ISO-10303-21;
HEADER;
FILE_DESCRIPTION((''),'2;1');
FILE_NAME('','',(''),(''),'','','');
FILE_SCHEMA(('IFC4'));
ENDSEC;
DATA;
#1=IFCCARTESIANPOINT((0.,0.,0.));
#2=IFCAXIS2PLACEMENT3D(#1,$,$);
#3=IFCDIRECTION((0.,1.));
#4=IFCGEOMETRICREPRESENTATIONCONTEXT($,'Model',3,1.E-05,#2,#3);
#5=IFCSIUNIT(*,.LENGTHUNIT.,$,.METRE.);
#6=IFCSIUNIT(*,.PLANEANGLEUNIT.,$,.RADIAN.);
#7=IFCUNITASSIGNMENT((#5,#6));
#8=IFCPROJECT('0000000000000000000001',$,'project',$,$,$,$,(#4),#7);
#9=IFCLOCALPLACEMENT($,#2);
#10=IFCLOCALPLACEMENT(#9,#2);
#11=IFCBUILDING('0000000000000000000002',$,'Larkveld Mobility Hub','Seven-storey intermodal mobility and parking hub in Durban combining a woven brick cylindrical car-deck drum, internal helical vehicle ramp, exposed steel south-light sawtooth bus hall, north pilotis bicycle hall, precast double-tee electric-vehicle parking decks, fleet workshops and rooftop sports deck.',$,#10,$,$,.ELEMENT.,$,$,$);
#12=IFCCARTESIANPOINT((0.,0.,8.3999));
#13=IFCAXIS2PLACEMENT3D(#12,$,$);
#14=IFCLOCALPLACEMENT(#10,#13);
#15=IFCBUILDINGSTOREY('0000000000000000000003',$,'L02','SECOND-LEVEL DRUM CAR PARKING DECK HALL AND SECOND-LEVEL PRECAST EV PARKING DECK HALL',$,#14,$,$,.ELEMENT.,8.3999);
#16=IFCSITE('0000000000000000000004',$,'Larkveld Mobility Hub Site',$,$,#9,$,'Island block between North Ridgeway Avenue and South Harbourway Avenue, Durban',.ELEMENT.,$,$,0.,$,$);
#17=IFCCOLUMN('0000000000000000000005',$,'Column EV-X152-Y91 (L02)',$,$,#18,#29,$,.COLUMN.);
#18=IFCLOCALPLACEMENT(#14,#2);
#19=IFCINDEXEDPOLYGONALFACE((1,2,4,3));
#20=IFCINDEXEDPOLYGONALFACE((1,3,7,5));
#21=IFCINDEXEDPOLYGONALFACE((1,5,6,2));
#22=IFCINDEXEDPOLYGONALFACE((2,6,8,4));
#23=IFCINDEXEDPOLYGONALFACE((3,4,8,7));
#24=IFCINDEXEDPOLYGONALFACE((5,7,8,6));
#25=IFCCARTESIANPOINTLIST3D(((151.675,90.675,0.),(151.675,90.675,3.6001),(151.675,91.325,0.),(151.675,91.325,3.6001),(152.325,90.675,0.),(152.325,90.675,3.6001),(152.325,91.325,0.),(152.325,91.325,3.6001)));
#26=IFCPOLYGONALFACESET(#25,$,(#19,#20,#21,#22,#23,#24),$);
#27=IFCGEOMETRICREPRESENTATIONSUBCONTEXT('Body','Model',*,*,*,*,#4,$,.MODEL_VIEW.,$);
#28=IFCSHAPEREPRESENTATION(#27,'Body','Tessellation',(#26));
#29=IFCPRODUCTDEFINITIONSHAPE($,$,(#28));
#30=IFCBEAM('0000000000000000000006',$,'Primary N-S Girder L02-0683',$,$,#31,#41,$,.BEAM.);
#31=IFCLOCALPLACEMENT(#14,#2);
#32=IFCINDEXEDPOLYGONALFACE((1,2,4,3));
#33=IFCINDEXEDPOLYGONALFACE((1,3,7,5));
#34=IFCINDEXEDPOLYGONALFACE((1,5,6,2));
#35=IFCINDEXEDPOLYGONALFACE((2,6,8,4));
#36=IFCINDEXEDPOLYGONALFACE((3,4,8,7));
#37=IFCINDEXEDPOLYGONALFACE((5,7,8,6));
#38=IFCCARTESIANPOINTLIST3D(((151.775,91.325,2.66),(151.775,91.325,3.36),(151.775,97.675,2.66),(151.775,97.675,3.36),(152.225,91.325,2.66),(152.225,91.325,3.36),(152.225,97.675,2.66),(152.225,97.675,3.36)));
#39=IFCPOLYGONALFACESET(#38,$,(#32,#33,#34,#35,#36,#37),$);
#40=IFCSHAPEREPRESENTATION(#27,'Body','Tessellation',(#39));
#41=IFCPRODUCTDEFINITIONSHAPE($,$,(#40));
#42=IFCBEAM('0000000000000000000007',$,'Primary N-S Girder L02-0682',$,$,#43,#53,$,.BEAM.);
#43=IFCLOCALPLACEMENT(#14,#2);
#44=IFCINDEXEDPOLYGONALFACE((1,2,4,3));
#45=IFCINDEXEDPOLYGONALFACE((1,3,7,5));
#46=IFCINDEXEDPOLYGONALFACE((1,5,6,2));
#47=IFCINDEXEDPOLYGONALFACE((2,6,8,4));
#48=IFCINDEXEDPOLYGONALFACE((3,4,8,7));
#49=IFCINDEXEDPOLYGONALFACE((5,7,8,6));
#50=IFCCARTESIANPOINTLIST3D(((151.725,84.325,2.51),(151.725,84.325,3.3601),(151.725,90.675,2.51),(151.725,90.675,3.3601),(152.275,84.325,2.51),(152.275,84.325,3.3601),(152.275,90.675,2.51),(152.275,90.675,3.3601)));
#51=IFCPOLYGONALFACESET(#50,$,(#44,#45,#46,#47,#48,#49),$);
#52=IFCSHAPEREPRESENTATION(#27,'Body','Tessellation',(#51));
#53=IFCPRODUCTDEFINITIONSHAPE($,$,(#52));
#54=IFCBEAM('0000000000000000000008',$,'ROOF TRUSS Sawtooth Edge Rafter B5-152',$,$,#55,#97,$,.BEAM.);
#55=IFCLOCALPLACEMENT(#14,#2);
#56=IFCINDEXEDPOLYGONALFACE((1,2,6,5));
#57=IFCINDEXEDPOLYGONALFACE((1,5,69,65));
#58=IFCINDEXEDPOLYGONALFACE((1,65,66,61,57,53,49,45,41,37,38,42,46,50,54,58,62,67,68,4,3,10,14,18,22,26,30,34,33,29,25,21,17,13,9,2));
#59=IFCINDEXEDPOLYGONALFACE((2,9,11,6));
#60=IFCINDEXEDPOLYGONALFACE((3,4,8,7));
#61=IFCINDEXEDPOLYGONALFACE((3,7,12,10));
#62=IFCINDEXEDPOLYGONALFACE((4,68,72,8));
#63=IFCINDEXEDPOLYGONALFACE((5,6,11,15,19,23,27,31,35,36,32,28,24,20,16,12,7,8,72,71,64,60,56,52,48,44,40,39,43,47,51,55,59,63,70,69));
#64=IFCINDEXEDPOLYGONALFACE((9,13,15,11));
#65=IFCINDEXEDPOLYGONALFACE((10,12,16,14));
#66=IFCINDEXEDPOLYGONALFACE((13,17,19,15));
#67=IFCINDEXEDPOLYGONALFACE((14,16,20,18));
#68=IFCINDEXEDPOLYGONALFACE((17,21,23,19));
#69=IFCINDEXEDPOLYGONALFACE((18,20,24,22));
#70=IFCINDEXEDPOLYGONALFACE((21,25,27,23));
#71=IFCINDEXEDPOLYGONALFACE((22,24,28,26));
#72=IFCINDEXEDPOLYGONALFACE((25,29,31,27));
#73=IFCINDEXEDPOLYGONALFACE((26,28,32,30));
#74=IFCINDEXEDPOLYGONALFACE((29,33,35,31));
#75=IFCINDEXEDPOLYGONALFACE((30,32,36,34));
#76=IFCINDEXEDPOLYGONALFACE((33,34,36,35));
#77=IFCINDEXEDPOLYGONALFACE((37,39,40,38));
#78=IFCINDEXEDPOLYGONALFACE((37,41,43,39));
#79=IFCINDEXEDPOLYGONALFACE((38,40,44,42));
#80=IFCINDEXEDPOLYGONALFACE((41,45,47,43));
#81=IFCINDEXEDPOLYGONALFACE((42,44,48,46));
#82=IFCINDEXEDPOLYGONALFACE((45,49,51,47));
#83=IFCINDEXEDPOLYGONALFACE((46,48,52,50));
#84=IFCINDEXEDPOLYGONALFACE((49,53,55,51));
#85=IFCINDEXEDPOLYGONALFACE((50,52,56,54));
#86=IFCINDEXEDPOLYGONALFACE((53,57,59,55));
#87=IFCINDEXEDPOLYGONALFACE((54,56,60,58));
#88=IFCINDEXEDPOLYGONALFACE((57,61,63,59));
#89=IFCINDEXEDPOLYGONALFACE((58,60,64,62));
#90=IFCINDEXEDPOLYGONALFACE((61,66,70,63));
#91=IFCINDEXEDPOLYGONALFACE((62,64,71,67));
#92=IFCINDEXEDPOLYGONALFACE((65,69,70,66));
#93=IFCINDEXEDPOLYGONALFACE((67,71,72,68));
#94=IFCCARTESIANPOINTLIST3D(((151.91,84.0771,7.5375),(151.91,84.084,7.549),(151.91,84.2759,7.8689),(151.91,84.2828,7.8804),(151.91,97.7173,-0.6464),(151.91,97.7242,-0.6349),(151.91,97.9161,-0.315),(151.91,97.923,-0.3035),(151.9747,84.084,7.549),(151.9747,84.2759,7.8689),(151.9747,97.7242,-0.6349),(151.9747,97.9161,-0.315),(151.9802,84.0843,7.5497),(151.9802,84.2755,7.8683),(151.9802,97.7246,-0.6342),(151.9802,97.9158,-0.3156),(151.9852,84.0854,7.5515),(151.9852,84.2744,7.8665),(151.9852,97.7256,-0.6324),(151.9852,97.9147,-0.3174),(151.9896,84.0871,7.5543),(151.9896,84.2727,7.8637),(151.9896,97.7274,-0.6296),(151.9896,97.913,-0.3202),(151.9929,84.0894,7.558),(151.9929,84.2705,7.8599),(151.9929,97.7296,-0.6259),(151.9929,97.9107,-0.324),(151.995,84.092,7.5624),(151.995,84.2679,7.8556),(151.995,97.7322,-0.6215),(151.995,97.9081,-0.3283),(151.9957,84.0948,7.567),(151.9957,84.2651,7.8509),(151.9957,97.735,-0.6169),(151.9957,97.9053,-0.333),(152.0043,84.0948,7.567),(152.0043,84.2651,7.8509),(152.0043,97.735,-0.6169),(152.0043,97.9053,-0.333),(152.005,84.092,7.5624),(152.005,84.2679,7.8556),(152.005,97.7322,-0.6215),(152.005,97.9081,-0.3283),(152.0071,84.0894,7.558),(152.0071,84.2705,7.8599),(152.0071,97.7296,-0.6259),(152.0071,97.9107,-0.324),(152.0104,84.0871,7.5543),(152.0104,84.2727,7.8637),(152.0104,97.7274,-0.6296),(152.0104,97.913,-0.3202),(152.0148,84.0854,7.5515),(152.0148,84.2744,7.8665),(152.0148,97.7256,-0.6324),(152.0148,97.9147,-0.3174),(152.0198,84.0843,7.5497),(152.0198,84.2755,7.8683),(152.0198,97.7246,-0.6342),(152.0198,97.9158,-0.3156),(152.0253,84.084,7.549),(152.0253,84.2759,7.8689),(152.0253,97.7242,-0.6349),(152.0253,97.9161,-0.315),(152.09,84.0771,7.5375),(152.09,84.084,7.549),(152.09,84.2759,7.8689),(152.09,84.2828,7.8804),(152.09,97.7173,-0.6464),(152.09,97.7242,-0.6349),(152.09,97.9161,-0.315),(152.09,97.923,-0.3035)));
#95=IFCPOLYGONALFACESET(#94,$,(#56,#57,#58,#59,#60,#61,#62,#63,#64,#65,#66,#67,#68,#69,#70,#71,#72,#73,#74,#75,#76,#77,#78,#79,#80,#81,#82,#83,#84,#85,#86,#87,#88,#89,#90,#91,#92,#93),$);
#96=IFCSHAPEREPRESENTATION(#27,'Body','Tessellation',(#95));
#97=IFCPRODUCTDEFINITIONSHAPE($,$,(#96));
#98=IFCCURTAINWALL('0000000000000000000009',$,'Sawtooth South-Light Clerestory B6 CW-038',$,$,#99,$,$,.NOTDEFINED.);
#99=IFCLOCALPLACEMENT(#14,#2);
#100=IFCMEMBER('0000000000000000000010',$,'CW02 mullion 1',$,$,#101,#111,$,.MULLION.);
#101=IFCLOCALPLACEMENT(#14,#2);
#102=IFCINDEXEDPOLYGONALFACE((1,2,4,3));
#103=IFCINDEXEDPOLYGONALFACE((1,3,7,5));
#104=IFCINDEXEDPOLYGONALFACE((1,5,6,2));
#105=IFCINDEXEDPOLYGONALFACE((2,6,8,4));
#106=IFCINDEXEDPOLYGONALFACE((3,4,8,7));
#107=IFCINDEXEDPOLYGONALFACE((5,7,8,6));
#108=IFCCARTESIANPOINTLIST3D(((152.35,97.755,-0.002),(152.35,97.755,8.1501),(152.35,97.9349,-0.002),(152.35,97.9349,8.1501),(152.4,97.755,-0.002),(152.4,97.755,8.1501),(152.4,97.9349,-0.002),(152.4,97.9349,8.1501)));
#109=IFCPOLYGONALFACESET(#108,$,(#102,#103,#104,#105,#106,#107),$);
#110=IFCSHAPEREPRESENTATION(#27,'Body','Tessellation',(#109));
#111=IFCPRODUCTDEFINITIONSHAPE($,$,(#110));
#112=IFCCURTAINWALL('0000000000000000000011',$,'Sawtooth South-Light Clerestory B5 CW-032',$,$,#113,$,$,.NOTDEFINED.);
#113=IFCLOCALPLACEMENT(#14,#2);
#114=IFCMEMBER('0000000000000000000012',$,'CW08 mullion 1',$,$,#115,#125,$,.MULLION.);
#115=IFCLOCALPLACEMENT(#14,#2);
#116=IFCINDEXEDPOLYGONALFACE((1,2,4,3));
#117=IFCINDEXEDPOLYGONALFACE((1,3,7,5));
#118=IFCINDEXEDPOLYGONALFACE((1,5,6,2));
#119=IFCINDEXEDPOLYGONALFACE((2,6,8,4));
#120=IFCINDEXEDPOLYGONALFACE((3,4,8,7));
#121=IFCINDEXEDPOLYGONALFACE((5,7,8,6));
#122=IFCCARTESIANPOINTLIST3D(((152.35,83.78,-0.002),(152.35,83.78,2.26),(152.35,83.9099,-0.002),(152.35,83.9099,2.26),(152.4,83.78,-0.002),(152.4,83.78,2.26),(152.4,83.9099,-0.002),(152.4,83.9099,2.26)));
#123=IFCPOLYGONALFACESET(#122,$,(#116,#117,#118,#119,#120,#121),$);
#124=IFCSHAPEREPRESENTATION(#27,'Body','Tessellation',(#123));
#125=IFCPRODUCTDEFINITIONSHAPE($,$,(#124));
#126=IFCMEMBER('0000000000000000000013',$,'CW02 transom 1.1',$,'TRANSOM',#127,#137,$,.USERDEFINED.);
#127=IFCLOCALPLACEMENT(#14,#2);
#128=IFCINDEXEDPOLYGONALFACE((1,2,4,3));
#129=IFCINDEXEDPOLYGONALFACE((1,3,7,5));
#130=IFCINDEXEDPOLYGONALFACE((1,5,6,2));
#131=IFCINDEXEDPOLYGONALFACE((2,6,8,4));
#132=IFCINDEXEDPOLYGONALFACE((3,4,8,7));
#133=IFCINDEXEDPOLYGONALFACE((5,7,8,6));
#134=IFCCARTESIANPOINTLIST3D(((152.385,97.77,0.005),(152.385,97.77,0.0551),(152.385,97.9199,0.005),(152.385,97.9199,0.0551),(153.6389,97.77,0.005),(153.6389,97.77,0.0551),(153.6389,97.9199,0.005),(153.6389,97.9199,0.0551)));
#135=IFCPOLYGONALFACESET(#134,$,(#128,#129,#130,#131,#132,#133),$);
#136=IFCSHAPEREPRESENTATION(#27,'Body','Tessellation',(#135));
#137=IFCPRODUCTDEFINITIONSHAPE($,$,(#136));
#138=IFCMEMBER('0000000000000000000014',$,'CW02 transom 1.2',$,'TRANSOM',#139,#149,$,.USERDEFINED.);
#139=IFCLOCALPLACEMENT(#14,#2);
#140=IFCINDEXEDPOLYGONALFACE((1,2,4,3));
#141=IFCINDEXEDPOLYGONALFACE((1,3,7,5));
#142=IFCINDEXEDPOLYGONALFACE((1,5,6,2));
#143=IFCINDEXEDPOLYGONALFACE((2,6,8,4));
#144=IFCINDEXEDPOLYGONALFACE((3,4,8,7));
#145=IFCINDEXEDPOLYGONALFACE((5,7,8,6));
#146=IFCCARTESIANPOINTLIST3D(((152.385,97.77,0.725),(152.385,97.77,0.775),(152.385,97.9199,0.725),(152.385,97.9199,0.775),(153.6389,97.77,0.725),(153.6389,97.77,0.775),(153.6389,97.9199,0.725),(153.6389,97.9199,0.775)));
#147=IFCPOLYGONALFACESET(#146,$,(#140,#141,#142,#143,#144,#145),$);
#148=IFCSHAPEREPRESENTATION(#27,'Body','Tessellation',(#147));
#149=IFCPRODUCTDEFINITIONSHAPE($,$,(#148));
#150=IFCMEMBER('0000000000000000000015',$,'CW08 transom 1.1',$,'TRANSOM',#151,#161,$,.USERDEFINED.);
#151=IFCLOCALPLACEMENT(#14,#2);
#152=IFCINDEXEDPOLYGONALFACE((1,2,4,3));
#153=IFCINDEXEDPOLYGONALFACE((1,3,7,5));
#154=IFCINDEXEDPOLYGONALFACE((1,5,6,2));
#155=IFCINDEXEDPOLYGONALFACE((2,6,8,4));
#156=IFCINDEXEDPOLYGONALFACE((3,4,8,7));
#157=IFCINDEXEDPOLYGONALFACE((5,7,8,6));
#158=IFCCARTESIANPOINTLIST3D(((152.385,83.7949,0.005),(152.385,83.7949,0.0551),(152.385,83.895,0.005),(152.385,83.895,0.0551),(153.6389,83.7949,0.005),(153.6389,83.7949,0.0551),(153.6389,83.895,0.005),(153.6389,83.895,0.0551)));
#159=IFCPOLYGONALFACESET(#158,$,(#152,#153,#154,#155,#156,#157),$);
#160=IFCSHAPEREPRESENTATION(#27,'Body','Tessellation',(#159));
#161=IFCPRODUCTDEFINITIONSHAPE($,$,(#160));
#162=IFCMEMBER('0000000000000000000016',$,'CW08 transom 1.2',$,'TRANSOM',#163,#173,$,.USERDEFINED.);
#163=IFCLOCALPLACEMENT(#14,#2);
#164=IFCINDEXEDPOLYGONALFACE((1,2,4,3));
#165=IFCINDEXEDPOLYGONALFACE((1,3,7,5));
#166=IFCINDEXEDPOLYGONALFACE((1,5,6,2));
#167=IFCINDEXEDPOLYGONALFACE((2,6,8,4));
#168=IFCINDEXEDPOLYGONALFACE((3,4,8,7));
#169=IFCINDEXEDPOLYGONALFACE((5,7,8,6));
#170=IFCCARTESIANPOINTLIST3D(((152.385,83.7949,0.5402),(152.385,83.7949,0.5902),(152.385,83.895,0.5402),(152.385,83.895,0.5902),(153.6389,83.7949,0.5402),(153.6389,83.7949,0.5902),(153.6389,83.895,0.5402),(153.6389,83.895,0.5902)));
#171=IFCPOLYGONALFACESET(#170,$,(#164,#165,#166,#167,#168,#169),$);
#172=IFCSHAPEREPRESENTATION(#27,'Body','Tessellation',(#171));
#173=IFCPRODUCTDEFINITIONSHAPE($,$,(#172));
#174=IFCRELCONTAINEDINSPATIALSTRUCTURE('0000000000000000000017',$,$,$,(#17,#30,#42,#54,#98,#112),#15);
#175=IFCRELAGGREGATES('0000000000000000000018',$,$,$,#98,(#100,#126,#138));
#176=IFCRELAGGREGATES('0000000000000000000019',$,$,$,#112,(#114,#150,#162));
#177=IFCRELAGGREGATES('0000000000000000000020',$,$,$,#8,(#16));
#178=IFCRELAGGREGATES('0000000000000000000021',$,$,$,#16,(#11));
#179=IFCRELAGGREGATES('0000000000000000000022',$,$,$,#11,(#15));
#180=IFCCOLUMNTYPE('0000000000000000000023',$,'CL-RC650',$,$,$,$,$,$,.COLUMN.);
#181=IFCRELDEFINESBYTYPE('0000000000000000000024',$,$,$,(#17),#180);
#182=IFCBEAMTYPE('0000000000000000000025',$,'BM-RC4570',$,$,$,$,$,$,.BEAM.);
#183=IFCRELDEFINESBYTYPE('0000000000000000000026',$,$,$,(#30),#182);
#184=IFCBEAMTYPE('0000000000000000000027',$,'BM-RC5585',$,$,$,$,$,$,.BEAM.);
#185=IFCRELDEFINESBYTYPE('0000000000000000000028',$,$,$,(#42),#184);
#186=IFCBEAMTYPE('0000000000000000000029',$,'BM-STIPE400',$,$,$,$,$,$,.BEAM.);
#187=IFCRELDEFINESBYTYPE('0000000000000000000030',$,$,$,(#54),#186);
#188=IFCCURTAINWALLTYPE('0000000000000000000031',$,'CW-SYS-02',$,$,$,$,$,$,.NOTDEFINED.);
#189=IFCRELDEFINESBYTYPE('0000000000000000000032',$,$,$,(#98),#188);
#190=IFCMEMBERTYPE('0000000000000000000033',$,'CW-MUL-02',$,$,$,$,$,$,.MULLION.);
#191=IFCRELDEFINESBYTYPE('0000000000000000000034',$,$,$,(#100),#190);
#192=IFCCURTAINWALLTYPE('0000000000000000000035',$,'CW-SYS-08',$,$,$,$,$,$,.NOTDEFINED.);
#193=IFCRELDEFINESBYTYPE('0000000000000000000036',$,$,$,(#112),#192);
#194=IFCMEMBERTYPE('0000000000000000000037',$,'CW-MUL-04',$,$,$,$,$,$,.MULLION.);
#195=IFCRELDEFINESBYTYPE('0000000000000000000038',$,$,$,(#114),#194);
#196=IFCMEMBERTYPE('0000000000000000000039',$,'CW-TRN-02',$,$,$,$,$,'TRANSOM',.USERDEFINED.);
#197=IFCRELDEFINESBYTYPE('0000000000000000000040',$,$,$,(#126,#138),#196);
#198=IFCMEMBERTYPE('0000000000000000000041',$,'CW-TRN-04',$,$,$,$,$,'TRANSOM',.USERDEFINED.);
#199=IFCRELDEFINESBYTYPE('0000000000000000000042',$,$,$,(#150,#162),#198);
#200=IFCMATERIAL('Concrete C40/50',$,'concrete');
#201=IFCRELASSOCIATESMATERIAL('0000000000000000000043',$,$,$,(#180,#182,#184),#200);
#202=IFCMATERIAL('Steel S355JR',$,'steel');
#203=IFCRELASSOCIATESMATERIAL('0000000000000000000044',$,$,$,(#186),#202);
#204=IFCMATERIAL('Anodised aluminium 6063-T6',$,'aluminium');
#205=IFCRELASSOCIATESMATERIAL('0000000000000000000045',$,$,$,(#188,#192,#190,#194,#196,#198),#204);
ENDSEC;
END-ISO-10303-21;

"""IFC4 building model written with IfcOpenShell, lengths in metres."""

from ifc_helpers import new_model, si_unit, direction, frame, origin, origin_2d, place, context, subcontext, project, spatial, rectangle, i_section, extrude, material, material_profile, profile_set, type_object, element, aggregate, save


model = new_model("IFC4")

# Units and contexts
model_context = context("Model", 3, precision=1e-05, world=origin(), true_north=direction((0.0, 1.0)))
body_context = subcontext(model_context, "Body", "Model", "MODEL_VIEW")
ifc_project = project(units=[si_unit("LENGTHUNIT", "METRE"), si_unit("PLANEANGLEUNIT", "RADIAN")], contexts=[model_context])

# Site, building, storey
site_placement = place(None, origin())
site = spatial("IfcSite", under=ifc_project, at=site_placement, Name="Larkveld Mobility Hub Site", LongName="Island block between North Ridgeway Avenue and South Harbourway Avenue, Durban", CompositionType="ELEMENT", RefElevation=0.0)
building_placement = place(site_placement, origin())
building = spatial("IfcBuilding", under=site, at=building_placement, Name="Larkveld Mobility Hub", Description="Seven-storey intermodal mobility and parking hub in Durban combining a woven brick cylindrical car-deck drum, internal helical vehicle ramp, exposed steel south-light sawtooth bus hall, north pilotis bicycle hall, precast double-tee electric-vehicle parking decks, fleet workshops and rooftop sports deck.", CompositionType="ELEMENT")
storey_placement = place(building_placement, frame((0.0, 0.0, 8.3999)))
storey = spatial("IfcBuildingStorey", under=building, at=storey_placement, Name="L02", Description="SECOND-LEVEL DRUM CAR PARKING DECK HALL AND SECOND-LEVEL PRECAST EV PARKING DECK HALL", CompositionType="ELEMENT", Elevation=8.3999)

# Column
ifc_material_1 = material(Name="Concrete C40/50", Category="concrete")
ifc_material_profile_1 = material_profile(ifc_material_1, rectangle(XDim=0.6499, YDim=0.6499, at=origin_2d()), Name="RC COL 650x650")
ifc_profile_set_1 = profile_set([ifc_material_profile_1], Name="Concrete C40/50")
column_type = type_object("IfcColumnType", Name="CL-RC650", PredefinedType="COLUMN", material=ifc_profile_set_1)
column_placement = place(storey_placement, frame((152.0, 91.0, 0.0), z_axis=(0.0, 0.0, 1.0), x_axis=(1.0, 0.0, 0.0)))
element("IfcColumn", 1, at=column_placement, inside=storey, type_object=column_type, Name="Column EV-X152-Y91 (L02)", PredefinedType="COLUMN", context=body_context, shape_type="SweptSolid", body=[
    extrude(rectangle(XDim=0.6499, YDim=0.6499, at=origin_2d()), origin(), (0.0, 0.0, 1.0), 3.6001),
])

# Beams
ifc_material_profile_2 = material_profile(ifc_material_1, rectangle(XDim=0.45, YDim=0.7, at=origin_2d()), Name="RC BM 450x700")
ifc_profile_set_2 = profile_set([ifc_material_profile_2], Name="Concrete C40/50")
beam_type_1 = type_object("IfcBeamType", Name="BM-RC4570", PredefinedType="BEAM", material=ifc_profile_set_2)
beam_1_placement = place(storey_placement, frame((152.0, 91.325, 3.01), z_axis=(0.0, 1.0, 0.0), x_axis=(-1.0, 0.0, 0.0)))
element("IfcBeam", 2, at=beam_1_placement, inside=storey, type_object=beam_type_1, Name="Primary N-S Girder L02-0683", PredefinedType="BEAM", context=body_context, shape_type="SweptSolid", body=[
    extrude(rectangle(XDim=0.45, YDim=0.7, at=origin_2d()), origin(), (0.0, 0.0, 1.0), 6.3501),
])
ifc_material_profile_3 = material_profile(ifc_material_1, rectangle(XDim=0.55, YDim=0.8501, at=origin_2d()), Name="RC BM 550x850")
ifc_profile_set_3 = profile_set([ifc_material_profile_3], Name="Concrete C40/50")
beam_type_2 = type_object("IfcBeamType", Name="BM-RC5585", PredefinedType="BEAM", material=ifc_profile_set_3)
beam_2_placement = place(storey_placement, frame((152.0, 84.325, 2.9351), z_axis=(0.0, 1.0, 0.0), x_axis=(-1.0, 0.0, 0.0)))
element("IfcBeam", 3, at=beam_2_placement, inside=storey, type_object=beam_type_2, Name="Primary N-S Girder L02-0682", PredefinedType="BEAM", context=body_context, shape_type="SweptSolid", body=[
    extrude(rectangle(XDim=0.55, YDim=0.8501, at=origin_2d()), origin(), (0.0, 0.0, 1.0), 6.3501),
])
ifc_material_2 = material(Name="Steel S355JR", Category="steel")
ifc_material_profile_4 = material_profile(ifc_material_2, i_section(OverallWidth=0.1799, OverallDepth=0.3999, WebThickness=0.0085, FlangeThickness=0.0134, FilletRadius=0.021, at=origin_2d()), Name="IPE 400")
ifc_profile_set_4 = profile_set([ifc_material_profile_4], Name="Steel S355JR")
beam_type_3 = type_object("IfcBeamType", Name="BM-STIPE400", PredefinedType="BEAM", material=ifc_profile_set_4)
beam_3_placement = place(storey_placement, frame((152.0, 84.1799, 7.709), z_axis=(0.0, 0.8575, -0.514484), x_axis=(-1.0, 0.0, 0.0)))
element("IfcBeam", 4, at=beam_3_placement, inside=storey, type_object=beam_type_3, Name="ROOF TRUSS Sawtooth Edge Rafter B5-152", PredefinedType="BEAM", context=body_context, shape_type="SweptSolid", body=[
    extrude(i_section(OverallWidth=0.1799, OverallDepth=0.3999, WebThickness=0.0085, FlangeThickness=0.0134, FilletRadius=0.021, at=origin_2d()), origin(), (0.0, 0.0, 1.0), 15.907),
])

# Curtain walls, members
ifc_material_3 = material(Name="Anodised aluminium 6063-T6", Category="aluminium")
curtain_wall_type_1 = type_object("IfcCurtainWallType", Name="CW-SYS-02", PredefinedType="NOTDEFINED", material=ifc_material_3)
curtain_wall_1_placement = place(storey_placement, origin())
curtain_wall_1 = element("IfcCurtainWall", 5, at=curtain_wall_1_placement, inside=storey, type_object=curtain_wall_type_1, Name="Sawtooth South-Light Clerestory B6 CW-038", PredefinedType="NOTDEFINED")
ifc_material_profile_5 = material_profile(ifc_material_3, rectangle(XDim=0.05, YDim=0.1799, at=origin_2d()), Name="ALU MULL 50x180")
ifc_profile_set_5 = profile_set([ifc_material_profile_5], Name="Anodised aluminium 6063-T6")
member_type_1 = type_object("IfcMemberType", Name="CW-MUL-02", PredefinedType="MULLION", material=ifc_profile_set_5)
member_1_placement = place(storey_placement, frame((152.375, 97.845, -0.002), z_axis=(0.0, 0.0, 1.0), x_axis=(1.0, 0.0, 0.0)))
member_1 = element("IfcMember", 6, at=member_1_placement, type_object=member_type_1, Name="CW02 mullion 1", PredefinedType="MULLION", context=body_context, shape_type="SweptSolid", body=[
    extrude(rectangle(XDim=0.05, YDim=0.1799, at=origin_2d()), origin(), (0.0, 0.0, 1.0), 8.1521),
])
curtain_wall_type_2 = type_object("IfcCurtainWallType", Name="CW-SYS-08", PredefinedType="NOTDEFINED", material=ifc_material_3)
curtain_wall_2_placement = place(storey_placement, origin())
curtain_wall_2 = element("IfcCurtainWall", 7, at=curtain_wall_2_placement, inside=storey, type_object=curtain_wall_type_2, Name="Sawtooth South-Light Clerestory B5 CW-032", PredefinedType="NOTDEFINED")
ifc_material_profile_6 = material_profile(ifc_material_3, rectangle(XDim=0.05, YDim=0.1299, at=origin_2d()), Name="ALU MULL 50x130")
ifc_profile_set_6 = profile_set([ifc_material_profile_6], Name="Anodised aluminium 6063-T6")
member_type_2 = type_object("IfcMemberType", Name="CW-MUL-04", PredefinedType="MULLION", material=ifc_profile_set_6)
member_2_placement = place(storey_placement, frame((152.375, 83.845, -0.002), z_axis=(0.0, 0.0, 1.0), x_axis=(1.0, 0.0, 0.0)))
member_2 = element("IfcMember", 8, at=member_2_placement, type_object=member_type_2, Name="CW08 mullion 1", PredefinedType="MULLION", context=body_context, shape_type="SweptSolid", body=[
    extrude(rectangle(XDim=0.05, YDim=0.1299, at=origin_2d()), origin(), (0.0, 0.0, 1.0), 2.262),
])

# Members
ifc_material_profile_7 = material_profile(ifc_material_3, rectangle(XDim=0.1499, YDim=0.05, at=origin_2d()), Name="ALU TRAN 50x150")
ifc_profile_set_7 = profile_set([ifc_material_profile_7], Name="Anodised aluminium 6063-T6")
member_type_3 = type_object("IfcMemberType", Name="CW-TRN-02", ElementType="TRANSOM", PredefinedType="USERDEFINED", material=ifc_profile_set_7)
member_3_placement = place(storey_placement, frame((152.385, 97.845, 0.03), z_axis=(1.0, 0.0, 0.0), x_axis=(0.0, 1.0, 0.0)))
member_3 = element("IfcMember", 9, at=member_3_placement, type_object=member_type_3, Name="CW02 transom 1.1", ObjectType="TRANSOM", PredefinedType="USERDEFINED", context=body_context, shape_type="SweptSolid", body=[
    extrude(rectangle(XDim=0.1499, YDim=0.05, at=origin_2d()), origin(), (0.0, 0.0, 1.0), 1.2539),
])
member_4_placement = place(storey_placement, frame((152.385, 97.845, 0.75), z_axis=(1.0, 0.0, 0.0), x_axis=(0.0, 1.0, 0.0)))
member_4 = element("IfcMember", 10, at=member_4_placement, type_object=member_type_3, Name="CW02 transom 1.2", ObjectType="TRANSOM", PredefinedType="USERDEFINED", context=body_context, shape_type="SweptSolid", body=[
    extrude(rectangle(XDim=0.1499, YDim=0.05, at=origin_2d()), origin(), (0.0, 0.0, 1.0), 1.2539),
])
aggregate(curtain_wall_1, [member_1, member_3, member_4])
ifc_material_profile_8 = material_profile(ifc_material_3, rectangle(XDim=0.1001, YDim=0.05, at=origin_2d()), Name="ALU TRAN 50x100")
ifc_profile_set_8 = profile_set([ifc_material_profile_8], Name="Anodised aluminium 6063-T6")
member_type_4 = type_object("IfcMemberType", Name="CW-TRN-04", ElementType="TRANSOM", PredefinedType="USERDEFINED", material=ifc_profile_set_8)
member_5_placement = place(storey_placement, frame((152.385, 83.845, 0.03), z_axis=(1.0, 0.0, 0.0), x_axis=(0.0, 1.0, 0.0)))
member_5 = element("IfcMember", 11, at=member_5_placement, type_object=member_type_4, Name="CW08 transom 1.1", ObjectType="TRANSOM", PredefinedType="USERDEFINED", context=body_context, shape_type="SweptSolid", body=[
    extrude(rectangle(XDim=0.1001, YDim=0.05, at=origin_2d()), origin(), (0.0, 0.0, 1.0), 1.2539),
])
member_6_placement = place(storey_placement, frame((152.385, 83.845, 0.5652), z_axis=(1.0, 0.0, 0.0), x_axis=(0.0, 1.0, 0.0)))
member_6 = element("IfcMember", 12, at=member_6_placement, type_object=member_type_4, Name="CW08 transom 1.2", ObjectType="TRANSOM", PredefinedType="USERDEFINED", context=body_context, shape_type="SweptSolid", body=[
    extrude(rectangle(XDim=0.1001, YDim=0.05, at=origin_2d()), origin(), (0.0, 0.0, 1.0), 1.2539),
])
aggregate(curtain_wall_2, [member_2, member_5, member_6])

save(model, "model.ifc")
